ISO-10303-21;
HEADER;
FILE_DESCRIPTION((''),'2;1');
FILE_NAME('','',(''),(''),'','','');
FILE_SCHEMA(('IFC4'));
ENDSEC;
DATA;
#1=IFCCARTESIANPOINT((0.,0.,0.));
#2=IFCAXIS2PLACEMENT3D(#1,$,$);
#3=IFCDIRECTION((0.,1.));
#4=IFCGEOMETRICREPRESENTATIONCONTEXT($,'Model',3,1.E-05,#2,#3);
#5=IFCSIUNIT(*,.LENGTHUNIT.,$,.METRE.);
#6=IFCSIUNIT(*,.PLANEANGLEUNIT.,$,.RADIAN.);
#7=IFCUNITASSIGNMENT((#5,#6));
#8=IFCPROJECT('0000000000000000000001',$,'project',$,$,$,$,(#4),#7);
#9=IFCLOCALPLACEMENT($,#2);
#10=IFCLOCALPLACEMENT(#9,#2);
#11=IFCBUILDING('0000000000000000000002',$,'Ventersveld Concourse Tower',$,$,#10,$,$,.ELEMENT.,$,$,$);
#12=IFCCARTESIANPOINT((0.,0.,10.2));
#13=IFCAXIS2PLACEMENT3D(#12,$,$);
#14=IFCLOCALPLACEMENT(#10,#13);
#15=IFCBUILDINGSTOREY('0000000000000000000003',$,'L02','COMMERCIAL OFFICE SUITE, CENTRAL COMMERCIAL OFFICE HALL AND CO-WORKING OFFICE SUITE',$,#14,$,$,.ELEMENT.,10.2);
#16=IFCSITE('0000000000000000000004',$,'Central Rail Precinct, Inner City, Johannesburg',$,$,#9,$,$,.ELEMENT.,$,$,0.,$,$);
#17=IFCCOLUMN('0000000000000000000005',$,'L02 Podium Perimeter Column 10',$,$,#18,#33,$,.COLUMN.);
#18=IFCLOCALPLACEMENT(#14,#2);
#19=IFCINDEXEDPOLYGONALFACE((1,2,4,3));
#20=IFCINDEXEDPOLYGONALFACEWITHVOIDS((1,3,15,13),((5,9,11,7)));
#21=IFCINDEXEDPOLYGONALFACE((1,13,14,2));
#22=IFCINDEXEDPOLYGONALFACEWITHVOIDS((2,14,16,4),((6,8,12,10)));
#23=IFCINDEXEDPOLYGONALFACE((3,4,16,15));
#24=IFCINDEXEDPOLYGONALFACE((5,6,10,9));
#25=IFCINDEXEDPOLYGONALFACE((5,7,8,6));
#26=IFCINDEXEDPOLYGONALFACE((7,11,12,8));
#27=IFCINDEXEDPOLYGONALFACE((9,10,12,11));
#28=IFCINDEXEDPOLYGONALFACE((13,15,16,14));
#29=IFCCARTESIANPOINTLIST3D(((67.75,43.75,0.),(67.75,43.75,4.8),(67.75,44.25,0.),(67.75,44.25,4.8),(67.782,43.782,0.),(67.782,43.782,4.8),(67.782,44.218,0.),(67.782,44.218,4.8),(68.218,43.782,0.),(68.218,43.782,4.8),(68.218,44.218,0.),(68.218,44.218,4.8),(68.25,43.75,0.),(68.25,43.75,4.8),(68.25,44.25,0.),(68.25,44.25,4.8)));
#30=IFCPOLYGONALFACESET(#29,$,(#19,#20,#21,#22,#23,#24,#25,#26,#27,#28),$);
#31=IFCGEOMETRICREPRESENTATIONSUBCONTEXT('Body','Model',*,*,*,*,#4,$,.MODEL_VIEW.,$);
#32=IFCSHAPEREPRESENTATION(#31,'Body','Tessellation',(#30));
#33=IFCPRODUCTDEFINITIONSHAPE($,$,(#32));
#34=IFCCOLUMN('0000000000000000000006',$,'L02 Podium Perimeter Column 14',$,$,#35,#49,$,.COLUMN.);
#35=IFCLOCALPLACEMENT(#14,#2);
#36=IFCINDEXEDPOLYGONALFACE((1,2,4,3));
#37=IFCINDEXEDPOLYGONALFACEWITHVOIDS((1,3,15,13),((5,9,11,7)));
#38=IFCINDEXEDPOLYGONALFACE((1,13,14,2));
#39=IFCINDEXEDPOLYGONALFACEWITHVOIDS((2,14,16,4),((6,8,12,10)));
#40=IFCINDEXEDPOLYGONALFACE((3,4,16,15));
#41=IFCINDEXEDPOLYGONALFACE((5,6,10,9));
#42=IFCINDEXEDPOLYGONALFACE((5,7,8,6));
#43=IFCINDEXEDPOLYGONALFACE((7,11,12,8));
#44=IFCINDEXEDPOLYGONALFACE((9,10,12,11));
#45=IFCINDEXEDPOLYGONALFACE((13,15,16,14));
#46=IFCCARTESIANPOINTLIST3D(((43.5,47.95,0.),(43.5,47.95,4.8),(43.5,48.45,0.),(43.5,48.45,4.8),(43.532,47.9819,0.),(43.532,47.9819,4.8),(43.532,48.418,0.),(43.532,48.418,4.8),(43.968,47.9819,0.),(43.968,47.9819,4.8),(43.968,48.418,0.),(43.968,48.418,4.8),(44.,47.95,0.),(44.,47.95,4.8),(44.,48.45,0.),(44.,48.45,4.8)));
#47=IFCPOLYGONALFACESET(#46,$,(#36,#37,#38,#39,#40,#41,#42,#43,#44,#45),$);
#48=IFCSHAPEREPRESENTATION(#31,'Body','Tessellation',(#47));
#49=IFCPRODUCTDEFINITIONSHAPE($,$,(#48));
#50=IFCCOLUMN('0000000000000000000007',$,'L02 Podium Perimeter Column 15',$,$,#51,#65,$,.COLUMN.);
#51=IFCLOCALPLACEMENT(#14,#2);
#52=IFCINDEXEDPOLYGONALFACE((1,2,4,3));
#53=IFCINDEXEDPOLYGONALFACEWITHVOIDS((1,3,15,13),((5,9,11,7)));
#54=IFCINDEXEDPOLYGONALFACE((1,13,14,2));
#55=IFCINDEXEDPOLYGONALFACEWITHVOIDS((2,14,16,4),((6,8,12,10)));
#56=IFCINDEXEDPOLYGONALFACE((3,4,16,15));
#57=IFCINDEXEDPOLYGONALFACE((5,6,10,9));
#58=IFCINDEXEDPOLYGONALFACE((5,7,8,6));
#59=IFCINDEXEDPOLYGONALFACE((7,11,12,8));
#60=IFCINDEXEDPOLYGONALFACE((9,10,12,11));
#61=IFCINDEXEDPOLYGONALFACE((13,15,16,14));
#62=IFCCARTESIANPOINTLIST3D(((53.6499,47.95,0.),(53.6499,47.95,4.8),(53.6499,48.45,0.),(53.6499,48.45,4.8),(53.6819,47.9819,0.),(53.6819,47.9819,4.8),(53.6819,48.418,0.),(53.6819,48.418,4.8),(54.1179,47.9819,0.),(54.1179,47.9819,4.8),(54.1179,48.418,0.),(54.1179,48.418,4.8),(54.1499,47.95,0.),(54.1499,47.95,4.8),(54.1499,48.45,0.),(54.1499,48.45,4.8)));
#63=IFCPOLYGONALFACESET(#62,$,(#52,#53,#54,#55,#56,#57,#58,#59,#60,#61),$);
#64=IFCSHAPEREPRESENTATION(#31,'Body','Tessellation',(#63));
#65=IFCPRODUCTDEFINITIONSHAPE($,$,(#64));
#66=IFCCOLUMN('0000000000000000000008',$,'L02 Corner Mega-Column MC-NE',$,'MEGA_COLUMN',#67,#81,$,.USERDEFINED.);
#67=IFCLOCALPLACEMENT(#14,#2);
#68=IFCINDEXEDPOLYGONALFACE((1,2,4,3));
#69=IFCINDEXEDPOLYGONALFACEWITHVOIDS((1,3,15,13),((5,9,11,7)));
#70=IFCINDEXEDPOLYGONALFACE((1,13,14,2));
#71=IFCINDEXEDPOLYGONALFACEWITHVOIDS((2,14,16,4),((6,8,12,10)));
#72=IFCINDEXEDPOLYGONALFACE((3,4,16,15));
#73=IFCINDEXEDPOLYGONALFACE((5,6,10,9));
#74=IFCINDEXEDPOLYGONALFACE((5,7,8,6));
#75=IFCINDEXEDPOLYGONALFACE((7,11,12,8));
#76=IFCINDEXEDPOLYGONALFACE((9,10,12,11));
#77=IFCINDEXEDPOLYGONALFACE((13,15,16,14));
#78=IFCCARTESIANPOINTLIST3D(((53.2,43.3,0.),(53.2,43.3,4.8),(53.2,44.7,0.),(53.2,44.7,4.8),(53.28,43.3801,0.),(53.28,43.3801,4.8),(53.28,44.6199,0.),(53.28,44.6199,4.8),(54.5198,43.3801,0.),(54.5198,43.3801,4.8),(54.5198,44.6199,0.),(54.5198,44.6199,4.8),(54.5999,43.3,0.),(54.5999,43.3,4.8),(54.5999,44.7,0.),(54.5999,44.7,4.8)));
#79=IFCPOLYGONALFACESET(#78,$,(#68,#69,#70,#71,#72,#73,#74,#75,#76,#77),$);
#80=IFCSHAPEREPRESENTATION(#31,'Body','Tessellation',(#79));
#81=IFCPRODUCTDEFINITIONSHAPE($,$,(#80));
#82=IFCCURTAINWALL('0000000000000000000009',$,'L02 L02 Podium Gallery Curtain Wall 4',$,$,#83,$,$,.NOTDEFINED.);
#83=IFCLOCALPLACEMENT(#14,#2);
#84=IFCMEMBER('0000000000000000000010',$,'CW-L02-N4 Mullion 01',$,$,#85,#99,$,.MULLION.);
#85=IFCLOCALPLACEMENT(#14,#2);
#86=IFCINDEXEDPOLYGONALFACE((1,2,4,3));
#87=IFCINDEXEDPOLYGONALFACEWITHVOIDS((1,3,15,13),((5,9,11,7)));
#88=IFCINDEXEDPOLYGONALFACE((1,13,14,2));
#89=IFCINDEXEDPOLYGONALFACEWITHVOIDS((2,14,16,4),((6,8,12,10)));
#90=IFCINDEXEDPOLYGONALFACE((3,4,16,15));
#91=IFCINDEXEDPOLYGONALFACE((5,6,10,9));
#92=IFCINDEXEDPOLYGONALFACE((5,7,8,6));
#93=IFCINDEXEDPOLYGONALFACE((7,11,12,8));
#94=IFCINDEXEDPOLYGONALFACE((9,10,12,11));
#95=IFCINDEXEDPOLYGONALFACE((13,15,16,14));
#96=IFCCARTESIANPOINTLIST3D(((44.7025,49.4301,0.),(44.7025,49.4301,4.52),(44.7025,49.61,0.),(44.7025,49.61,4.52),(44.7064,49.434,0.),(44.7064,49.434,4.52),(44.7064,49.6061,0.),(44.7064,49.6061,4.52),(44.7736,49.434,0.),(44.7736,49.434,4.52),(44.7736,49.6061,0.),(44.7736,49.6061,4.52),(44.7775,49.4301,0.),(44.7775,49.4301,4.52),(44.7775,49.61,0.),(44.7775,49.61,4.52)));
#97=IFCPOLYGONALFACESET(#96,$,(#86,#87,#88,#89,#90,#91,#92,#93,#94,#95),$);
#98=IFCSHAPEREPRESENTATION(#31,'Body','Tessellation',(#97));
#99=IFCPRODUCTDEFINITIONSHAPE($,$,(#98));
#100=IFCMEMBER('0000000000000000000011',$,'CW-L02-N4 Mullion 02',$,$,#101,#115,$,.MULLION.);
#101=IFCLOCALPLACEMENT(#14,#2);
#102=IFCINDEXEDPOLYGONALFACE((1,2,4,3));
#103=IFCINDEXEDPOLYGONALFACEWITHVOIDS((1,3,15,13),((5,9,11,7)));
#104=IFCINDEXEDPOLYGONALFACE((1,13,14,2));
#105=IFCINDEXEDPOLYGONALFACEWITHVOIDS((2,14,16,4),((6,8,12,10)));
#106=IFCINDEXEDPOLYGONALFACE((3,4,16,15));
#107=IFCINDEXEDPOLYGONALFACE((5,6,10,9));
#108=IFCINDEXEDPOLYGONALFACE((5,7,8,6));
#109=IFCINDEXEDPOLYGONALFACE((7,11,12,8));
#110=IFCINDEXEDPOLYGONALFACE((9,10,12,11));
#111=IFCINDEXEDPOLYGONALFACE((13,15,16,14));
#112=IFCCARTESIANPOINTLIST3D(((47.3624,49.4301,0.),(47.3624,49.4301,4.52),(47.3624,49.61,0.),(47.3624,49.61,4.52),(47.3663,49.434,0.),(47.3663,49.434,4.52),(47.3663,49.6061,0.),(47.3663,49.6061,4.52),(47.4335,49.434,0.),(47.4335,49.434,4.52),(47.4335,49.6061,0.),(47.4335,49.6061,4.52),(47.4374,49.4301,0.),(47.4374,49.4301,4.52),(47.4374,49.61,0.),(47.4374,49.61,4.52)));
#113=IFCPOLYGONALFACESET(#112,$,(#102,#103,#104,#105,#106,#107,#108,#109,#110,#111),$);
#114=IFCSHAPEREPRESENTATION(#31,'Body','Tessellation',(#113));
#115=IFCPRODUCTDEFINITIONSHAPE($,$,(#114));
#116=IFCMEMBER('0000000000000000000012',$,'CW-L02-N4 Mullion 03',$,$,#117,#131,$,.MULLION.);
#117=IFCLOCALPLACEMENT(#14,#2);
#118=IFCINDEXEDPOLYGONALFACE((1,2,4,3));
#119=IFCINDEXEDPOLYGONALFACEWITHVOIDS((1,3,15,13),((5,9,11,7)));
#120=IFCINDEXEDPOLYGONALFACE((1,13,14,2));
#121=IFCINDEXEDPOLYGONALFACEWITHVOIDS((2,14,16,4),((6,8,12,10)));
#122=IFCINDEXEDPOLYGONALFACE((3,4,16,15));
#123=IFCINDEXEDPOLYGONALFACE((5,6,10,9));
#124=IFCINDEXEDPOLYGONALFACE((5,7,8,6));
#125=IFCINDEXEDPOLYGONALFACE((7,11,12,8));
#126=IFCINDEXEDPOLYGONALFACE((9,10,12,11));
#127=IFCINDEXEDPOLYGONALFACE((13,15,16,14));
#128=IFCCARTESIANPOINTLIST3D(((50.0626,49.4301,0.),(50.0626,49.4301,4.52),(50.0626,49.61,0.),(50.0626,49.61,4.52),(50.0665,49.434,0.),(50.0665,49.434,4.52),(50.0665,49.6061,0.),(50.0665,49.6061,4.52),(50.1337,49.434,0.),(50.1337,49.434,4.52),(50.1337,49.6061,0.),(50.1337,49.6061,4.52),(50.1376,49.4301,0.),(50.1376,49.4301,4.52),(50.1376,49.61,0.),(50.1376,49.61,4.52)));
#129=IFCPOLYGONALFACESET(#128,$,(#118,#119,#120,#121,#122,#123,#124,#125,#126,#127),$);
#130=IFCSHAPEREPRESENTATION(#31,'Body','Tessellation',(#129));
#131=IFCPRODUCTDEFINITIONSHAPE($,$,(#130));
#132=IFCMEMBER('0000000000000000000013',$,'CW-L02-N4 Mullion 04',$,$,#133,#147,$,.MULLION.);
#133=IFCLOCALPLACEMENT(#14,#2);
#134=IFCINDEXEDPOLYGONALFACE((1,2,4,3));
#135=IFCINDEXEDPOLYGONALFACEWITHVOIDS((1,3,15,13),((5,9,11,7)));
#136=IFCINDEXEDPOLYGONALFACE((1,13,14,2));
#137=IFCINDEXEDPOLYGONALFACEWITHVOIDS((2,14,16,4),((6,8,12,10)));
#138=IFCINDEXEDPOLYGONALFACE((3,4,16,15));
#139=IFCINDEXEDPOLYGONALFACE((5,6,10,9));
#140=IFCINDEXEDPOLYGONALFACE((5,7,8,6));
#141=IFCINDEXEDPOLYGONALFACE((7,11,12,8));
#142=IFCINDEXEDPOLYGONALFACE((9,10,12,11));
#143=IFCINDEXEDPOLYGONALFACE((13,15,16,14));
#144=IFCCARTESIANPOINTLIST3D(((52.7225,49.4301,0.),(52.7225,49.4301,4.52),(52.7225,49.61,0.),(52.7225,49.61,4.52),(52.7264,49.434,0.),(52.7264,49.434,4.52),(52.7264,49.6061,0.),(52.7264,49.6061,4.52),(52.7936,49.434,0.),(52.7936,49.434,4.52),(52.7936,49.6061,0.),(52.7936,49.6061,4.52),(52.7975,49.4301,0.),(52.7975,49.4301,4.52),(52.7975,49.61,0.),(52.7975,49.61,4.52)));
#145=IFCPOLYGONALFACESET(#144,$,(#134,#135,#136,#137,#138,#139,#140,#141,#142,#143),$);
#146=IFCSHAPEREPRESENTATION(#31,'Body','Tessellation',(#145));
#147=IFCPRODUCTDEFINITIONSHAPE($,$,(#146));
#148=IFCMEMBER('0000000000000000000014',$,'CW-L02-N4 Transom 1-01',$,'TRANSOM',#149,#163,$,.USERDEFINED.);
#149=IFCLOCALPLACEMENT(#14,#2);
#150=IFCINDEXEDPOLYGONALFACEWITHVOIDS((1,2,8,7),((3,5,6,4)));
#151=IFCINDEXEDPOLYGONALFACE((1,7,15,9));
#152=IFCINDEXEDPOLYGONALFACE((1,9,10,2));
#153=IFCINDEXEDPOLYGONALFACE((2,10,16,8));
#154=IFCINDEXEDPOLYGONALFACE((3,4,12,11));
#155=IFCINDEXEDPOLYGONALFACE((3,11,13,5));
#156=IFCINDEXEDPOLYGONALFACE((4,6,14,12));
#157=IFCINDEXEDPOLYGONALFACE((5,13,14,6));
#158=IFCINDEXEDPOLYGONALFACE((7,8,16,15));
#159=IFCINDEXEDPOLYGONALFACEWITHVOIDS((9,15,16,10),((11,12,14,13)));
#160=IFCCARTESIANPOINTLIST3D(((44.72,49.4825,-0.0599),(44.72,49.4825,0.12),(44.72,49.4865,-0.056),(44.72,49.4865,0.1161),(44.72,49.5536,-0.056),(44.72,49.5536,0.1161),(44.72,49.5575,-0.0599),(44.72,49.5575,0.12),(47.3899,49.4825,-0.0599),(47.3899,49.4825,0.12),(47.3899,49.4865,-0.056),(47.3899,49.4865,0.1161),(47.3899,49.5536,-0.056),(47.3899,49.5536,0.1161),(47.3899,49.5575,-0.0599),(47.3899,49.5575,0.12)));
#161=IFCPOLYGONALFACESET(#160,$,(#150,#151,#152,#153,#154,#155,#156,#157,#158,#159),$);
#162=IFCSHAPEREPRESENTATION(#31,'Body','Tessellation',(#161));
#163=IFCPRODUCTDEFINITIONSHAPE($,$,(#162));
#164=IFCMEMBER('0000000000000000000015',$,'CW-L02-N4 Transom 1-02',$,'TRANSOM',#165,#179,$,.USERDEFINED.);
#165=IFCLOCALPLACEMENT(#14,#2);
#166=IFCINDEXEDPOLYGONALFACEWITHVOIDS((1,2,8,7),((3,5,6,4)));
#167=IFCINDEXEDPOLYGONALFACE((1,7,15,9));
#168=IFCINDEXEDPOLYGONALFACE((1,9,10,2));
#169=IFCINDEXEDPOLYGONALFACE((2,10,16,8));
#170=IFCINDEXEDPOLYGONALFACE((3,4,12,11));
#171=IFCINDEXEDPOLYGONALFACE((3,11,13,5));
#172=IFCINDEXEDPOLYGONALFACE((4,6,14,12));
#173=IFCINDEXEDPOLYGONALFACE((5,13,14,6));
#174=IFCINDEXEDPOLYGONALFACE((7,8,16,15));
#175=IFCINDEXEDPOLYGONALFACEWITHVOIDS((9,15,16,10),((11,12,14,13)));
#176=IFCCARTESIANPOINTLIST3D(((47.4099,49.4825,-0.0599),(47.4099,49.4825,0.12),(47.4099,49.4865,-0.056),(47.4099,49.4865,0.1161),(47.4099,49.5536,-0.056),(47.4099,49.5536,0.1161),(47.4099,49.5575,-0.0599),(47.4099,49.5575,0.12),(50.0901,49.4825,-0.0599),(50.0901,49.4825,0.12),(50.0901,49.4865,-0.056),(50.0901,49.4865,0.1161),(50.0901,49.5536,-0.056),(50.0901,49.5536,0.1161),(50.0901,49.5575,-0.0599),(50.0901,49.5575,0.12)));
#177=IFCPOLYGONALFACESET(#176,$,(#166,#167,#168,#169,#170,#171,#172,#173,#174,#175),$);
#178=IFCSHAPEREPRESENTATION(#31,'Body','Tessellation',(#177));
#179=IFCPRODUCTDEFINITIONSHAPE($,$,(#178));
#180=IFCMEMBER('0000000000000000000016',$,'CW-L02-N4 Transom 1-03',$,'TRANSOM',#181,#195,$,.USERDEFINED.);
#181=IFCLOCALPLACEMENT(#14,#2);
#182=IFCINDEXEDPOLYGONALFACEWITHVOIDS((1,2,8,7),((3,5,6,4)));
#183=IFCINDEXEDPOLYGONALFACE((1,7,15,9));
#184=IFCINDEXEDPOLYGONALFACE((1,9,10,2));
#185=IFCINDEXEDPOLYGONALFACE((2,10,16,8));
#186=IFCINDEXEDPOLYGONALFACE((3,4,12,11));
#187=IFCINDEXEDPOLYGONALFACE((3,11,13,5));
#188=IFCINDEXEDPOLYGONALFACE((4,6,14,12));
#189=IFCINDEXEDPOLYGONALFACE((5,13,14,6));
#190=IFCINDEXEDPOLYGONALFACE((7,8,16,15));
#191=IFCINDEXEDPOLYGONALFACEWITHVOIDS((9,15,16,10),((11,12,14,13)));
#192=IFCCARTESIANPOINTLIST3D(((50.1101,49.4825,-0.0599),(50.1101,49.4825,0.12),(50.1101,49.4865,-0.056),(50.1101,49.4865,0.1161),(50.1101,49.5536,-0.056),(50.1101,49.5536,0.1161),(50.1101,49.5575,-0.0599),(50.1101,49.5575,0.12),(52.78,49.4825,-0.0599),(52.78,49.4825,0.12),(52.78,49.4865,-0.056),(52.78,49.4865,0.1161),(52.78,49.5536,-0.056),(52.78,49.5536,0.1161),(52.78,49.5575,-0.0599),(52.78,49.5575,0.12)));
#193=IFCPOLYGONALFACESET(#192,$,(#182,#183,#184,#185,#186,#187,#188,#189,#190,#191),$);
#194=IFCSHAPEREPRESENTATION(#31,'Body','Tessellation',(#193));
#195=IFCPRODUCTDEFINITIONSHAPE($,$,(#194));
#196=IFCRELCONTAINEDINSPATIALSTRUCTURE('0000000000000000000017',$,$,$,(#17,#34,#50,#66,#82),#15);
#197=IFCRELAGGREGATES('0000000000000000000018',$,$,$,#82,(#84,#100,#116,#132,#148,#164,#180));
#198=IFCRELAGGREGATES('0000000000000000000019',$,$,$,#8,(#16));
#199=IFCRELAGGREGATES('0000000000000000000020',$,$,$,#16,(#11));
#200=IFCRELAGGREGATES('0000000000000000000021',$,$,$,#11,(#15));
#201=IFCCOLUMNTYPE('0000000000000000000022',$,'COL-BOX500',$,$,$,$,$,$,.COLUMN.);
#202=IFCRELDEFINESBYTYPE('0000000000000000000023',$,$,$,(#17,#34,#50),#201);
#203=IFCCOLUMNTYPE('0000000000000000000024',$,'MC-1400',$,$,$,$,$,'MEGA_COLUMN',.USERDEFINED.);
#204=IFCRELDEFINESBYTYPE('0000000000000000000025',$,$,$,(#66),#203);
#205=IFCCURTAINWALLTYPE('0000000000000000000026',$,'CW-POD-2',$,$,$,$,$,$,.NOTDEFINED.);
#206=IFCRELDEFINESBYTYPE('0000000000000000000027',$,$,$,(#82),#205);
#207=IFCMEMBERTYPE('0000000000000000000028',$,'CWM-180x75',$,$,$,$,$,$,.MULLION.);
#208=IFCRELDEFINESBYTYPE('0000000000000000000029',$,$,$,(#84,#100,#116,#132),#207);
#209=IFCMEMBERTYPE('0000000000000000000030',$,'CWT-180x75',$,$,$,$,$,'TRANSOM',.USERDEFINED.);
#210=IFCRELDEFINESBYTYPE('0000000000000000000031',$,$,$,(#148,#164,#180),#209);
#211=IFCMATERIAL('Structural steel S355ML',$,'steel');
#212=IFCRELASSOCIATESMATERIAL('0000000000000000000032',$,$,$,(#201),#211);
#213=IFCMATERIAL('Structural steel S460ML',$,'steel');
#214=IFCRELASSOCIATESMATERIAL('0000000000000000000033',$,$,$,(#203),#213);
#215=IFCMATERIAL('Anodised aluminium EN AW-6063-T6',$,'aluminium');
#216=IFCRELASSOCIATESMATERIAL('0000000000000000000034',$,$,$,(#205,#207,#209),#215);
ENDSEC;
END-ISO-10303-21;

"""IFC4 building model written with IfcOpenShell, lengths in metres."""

from ifc_helpers import new_model, si_unit, direction, frame, origin, origin_2d, place, context, subcontext, project, spatial, hollow_rectangle, extrude, material, material_profile, profile_set, type_object, element, aggregate, save


model = new_model("IFC4")

# Units and contexts
model_context = context("Model", 3, precision=1e-05, world=origin(), true_north=direction((0.0, 1.0)))
body_context = subcontext(model_context, "Body", "Model", "MODEL_VIEW")
ifc_project = project(units=[si_unit("LENGTHUNIT", "METRE"), si_unit("PLANEANGLEUNIT", "RADIAN")], contexts=[model_context])

# Site, building, storey
site_placement = place(None, origin())
site = spatial("IfcSite", under=ifc_project, at=site_placement, Name="Central Rail Precinct, Inner City, Johannesburg", CompositionType="ELEMENT", RefElevation=0.0)
building_placement = place(site_placement, origin())
building = spatial("IfcBuilding", under=site, at=building_placement, Name="Ventersveld Concourse Tower", CompositionType="ELEMENT")
storey_placement = place(building_placement, frame((0.0, 0.0, 10.2)))
storey = spatial("IfcBuildingStorey", under=building, at=storey_placement, Name="L02", Description="COMMERCIAL OFFICE SUITE, CENTRAL COMMERCIAL OFFICE HALL AND CO-WORKING OFFICE SUITE", CompositionType="ELEMENT", Elevation=10.2)

# Columns
ifc_material_1 = material(Name="Structural steel S355ML", Category="steel")
ifc_material_profile_1 = material_profile(ifc_material_1, hollow_rectangle(XDim=0.5, YDim=0.5, WallThickness=0.032, at=origin_2d()), Name="BOX 500x500x32")
ifc_profile_set_1 = profile_set([ifc_material_profile_1], Name="Structural steel S355ML")
column_type_1 = type_object("IfcColumnType", Name="COL-BOX500", PredefinedType="COLUMN", material=ifc_profile_set_1)
for number, where, z_axis, x_axis, name in (
    (1, (68.0, 44.0, 0.0), (0.0, 0.0, 1.0), (1.0, 0.0, 0.0), "L02 Podium Perimeter Column 10"),
    (2, (43.75, 48.2, 0.0), (0.0, 0.0, 1.0), (1.0, 0.0, 0.0), "L02 Podium Perimeter Column 14"),
    (3, (53.8999, 48.2, 0.0), (0.0, 0.0, 1.0), (1.0, 0.0, 0.0), "L02 Podium Perimeter Column 15"),
):
    element("IfcColumn", number, at=place(storey_placement, frame(where, z_axis=z_axis, x_axis=x_axis)), inside=storey, type_object=column_type_1, Name=name, PredefinedType="COLUMN", context=body_context, shape_type="SweptSolid", body=[
        extrude(hollow_rectangle(XDim=0.5, YDim=0.5, WallThickness=0.032, at=origin_2d()), origin(), (0.0, 0.0, 1.0), 4.8),
    ])
ifc_material_2 = material(Name="Structural steel S460ML", Category="steel")
ifc_material_profile_2 = material_profile(ifc_material_2, hollow_rectangle(XDim=1.3999, YDim=1.3999, WallThickness=0.0801, at=origin_2d()), Name="BOX 1400x1400x80")
ifc_profile_set_2 = profile_set([ifc_material_profile_2], Name="Structural steel S460ML")
column_type_2 = type_object("IfcColumnType", Name="MC-1400", ElementType="MEGA_COLUMN", PredefinedType="USERDEFINED", material=ifc_profile_set_2)
column_placement = place(storey_placement, frame((53.8999, 44.0, 0.0), z_axis=(0.0, 0.0, 1.0), x_axis=(1.0, 0.0, 0.0)))
element("IfcColumn", 4, at=column_placement, inside=storey, type_object=column_type_2, Name="L02 Corner Mega-Column MC-NE", ObjectType="MEGA_COLUMN", PredefinedType="USERDEFINED", context=body_context, shape_type="SweptSolid", body=[
    extrude(hollow_rectangle(XDim=1.3999, YDim=1.3999, WallThickness=0.0801, at=origin_2d()), origin(), (0.0, 0.0, 1.0), 4.8),
])

# Curtain wall, members
ifc_material_3 = material(Name="Anodised aluminium EN AW-6063-T6", Category="aluminium")
curtain_wall_type = type_object("IfcCurtainWallType", Name="CW-POD-2", PredefinedType="NOTDEFINED", material=ifc_material_3)
curtain_wall_placement = place(storey_placement, origin())
curtain_wall = element("IfcCurtainWall", 5, at=curtain_wall_placement, inside=storey, type_object=curtain_wall_type, Name="L02 L02 Podium Gallery Curtain Wall 4", PredefinedType="NOTDEFINED")
ifc_material_profile_3 = material_profile(ifc_material_3, hollow_rectangle(XDim=0.075, YDim=0.1799, WallThickness=0.0039, at=origin_2d()), Name="ALU 180x75x4")
ifc_profile_set_3 = profile_set([ifc_material_profile_3], Name="Anodised aluminium EN AW-6063-T6")
member_type_1 = type_object("IfcMemberType", Name="CWM-180x75", PredefinedType="MULLION", material=ifc_profile_set_3)
member_1_placement = place(storey_placement, frame((44.74, 49.52, 0.0), z_axis=(0.0, 0.0, 1.0), x_axis=(1.0, 0.0, 0.0)))
member_1 = element("IfcMember", 6, at=member_1_placement, type_object=member_type_1, Name="CW-L02-N4 Mullion 01", PredefinedType="MULLION", context=body_context, shape_type="SweptSolid", body=[
    extrude(hollow_rectangle(XDim=0.075, YDim=0.1799, WallThickness=0.0039, at=origin_2d()), origin(), (0.0, 0.0, 1.0), 4.52),
])
member_2_placement = place(storey_placement, frame((47.3999, 49.52, 0.0), z_axis=(0.0, 0.0, 1.0), x_axis=(1.0, 0.0, 0.0)))
member_2 = element("IfcMember", 7, at=member_2_placement, type_object=member_type_1, Name="CW-L02-N4 Mullion 02", PredefinedType="MULLION", context=body_context, shape_type="SweptSolid", body=[
    extrude(hollow_rectangle(XDim=0.075, YDim=0.1799, WallThickness=0.0039, at=origin_2d()), origin(), (0.0, 0.0, 1.0), 4.52),
])
member_3_placement = place(storey_placement, frame((50.1001, 49.52, 0.0), z_axis=(0.0, 0.0, 1.0), x_axis=(1.0, 0.0, 0.0)))
member_3 = element("IfcMember", 8, at=member_3_placement, type_object=member_type_1, Name="CW-L02-N4 Mullion 03", PredefinedType="MULLION", context=body_context, shape_type="SweptSolid", body=[
    extrude(hollow_rectangle(XDim=0.075, YDim=0.1799, WallThickness=0.0039, at=origin_2d()), origin(), (0.0, 0.0, 1.0), 4.52),
])
member_4_placement = place(storey_placement, frame((52.76, 49.52, 0.0), z_axis=(0.0, 0.0, 1.0), x_axis=(1.0, 0.0, 0.0)))
member_4 = element("IfcMember", 9, at=member_4_placement, type_object=member_type_1, Name="CW-L02-N4 Mullion 04", PredefinedType="MULLION", context=body_context, shape_type="SweptSolid", body=[
    extrude(hollow_rectangle(XDim=0.075, YDim=0.1799, WallThickness=0.0039, at=origin_2d()), origin(), (0.0, 0.0, 1.0), 4.52),
])
ifc_material_profile_4 = material_profile(ifc_material_3, hollow_rectangle(XDim=0.075, YDim=0.1799, WallThickness=0.0039, at=origin_2d()), Name="ALU 180x75x4")
ifc_profile_set_4 = profile_set([ifc_material_profile_4], Name="Anodised aluminium EN AW-6063-T6")
member_type_2 = type_object("IfcMemberType", Name="CWT-180x75", ElementType="TRANSOM", PredefinedType="USERDEFINED", material=ifc_profile_set_4)
member_5_placement = place(storey_placement, frame((44.72, 49.52, 0.03), z_axis=(1.0, 0.0, 0.0), x_axis=(0.0, 1.0, 0.0)))
member_5 = element("IfcMember", 10, at=member_5_placement, type_object=member_type_2, Name="CW-L02-N4 Transom 1-01", ObjectType="TRANSOM", PredefinedType="USERDEFINED", context=body_context, shape_type="SweptSolid", body=[
    extrude(hollow_rectangle(XDim=0.075, YDim=0.1799, WallThickness=0.0039, at=origin_2d()), origin(), (0.0, 0.0, 1.0), 2.6699),
])
member_6_placement = place(storey_placement, frame((47.4099, 49.52, 0.03), z_axis=(1.0, 0.0, 0.0), x_axis=(0.0, 1.0, 0.0)))
member_6 = element("IfcMember", 11, at=member_6_placement, type_object=member_type_2, Name="CW-L02-N4 Transom 1-02", ObjectType="TRANSOM", PredefinedType="USERDEFINED", context=body_context, shape_type="SweptSolid", body=[
    extrude(hollow_rectangle(XDim=0.075, YDim=0.1799, WallThickness=0.0039, at=origin_2d()), origin(), (0.0, 0.0, 1.0), 2.6802),
])
member_7_placement = place(storey_placement, frame((50.1101, 49.52, 0.03), z_axis=(1.0, 0.0, 0.0), x_axis=(0.0, 1.0, 0.0)))
member_7 = element("IfcMember", 12, at=member_7_placement, type_object=member_type_2, Name="CW-L02-N4 Transom 1-03", ObjectType="TRANSOM", PredefinedType="USERDEFINED", context=body_context, shape_type="SweptSolid", body=[
    extrude(hollow_rectangle(XDim=0.075, YDim=0.1799, WallThickness=0.0039, at=origin_2d()), origin(), (0.0, 0.0, 1.0), 2.6699),
])

aggregate(curtain_wall, [member_1, member_2, member_3, member_4, member_5, member_6, member_7])

save(model, "model.ifc")
